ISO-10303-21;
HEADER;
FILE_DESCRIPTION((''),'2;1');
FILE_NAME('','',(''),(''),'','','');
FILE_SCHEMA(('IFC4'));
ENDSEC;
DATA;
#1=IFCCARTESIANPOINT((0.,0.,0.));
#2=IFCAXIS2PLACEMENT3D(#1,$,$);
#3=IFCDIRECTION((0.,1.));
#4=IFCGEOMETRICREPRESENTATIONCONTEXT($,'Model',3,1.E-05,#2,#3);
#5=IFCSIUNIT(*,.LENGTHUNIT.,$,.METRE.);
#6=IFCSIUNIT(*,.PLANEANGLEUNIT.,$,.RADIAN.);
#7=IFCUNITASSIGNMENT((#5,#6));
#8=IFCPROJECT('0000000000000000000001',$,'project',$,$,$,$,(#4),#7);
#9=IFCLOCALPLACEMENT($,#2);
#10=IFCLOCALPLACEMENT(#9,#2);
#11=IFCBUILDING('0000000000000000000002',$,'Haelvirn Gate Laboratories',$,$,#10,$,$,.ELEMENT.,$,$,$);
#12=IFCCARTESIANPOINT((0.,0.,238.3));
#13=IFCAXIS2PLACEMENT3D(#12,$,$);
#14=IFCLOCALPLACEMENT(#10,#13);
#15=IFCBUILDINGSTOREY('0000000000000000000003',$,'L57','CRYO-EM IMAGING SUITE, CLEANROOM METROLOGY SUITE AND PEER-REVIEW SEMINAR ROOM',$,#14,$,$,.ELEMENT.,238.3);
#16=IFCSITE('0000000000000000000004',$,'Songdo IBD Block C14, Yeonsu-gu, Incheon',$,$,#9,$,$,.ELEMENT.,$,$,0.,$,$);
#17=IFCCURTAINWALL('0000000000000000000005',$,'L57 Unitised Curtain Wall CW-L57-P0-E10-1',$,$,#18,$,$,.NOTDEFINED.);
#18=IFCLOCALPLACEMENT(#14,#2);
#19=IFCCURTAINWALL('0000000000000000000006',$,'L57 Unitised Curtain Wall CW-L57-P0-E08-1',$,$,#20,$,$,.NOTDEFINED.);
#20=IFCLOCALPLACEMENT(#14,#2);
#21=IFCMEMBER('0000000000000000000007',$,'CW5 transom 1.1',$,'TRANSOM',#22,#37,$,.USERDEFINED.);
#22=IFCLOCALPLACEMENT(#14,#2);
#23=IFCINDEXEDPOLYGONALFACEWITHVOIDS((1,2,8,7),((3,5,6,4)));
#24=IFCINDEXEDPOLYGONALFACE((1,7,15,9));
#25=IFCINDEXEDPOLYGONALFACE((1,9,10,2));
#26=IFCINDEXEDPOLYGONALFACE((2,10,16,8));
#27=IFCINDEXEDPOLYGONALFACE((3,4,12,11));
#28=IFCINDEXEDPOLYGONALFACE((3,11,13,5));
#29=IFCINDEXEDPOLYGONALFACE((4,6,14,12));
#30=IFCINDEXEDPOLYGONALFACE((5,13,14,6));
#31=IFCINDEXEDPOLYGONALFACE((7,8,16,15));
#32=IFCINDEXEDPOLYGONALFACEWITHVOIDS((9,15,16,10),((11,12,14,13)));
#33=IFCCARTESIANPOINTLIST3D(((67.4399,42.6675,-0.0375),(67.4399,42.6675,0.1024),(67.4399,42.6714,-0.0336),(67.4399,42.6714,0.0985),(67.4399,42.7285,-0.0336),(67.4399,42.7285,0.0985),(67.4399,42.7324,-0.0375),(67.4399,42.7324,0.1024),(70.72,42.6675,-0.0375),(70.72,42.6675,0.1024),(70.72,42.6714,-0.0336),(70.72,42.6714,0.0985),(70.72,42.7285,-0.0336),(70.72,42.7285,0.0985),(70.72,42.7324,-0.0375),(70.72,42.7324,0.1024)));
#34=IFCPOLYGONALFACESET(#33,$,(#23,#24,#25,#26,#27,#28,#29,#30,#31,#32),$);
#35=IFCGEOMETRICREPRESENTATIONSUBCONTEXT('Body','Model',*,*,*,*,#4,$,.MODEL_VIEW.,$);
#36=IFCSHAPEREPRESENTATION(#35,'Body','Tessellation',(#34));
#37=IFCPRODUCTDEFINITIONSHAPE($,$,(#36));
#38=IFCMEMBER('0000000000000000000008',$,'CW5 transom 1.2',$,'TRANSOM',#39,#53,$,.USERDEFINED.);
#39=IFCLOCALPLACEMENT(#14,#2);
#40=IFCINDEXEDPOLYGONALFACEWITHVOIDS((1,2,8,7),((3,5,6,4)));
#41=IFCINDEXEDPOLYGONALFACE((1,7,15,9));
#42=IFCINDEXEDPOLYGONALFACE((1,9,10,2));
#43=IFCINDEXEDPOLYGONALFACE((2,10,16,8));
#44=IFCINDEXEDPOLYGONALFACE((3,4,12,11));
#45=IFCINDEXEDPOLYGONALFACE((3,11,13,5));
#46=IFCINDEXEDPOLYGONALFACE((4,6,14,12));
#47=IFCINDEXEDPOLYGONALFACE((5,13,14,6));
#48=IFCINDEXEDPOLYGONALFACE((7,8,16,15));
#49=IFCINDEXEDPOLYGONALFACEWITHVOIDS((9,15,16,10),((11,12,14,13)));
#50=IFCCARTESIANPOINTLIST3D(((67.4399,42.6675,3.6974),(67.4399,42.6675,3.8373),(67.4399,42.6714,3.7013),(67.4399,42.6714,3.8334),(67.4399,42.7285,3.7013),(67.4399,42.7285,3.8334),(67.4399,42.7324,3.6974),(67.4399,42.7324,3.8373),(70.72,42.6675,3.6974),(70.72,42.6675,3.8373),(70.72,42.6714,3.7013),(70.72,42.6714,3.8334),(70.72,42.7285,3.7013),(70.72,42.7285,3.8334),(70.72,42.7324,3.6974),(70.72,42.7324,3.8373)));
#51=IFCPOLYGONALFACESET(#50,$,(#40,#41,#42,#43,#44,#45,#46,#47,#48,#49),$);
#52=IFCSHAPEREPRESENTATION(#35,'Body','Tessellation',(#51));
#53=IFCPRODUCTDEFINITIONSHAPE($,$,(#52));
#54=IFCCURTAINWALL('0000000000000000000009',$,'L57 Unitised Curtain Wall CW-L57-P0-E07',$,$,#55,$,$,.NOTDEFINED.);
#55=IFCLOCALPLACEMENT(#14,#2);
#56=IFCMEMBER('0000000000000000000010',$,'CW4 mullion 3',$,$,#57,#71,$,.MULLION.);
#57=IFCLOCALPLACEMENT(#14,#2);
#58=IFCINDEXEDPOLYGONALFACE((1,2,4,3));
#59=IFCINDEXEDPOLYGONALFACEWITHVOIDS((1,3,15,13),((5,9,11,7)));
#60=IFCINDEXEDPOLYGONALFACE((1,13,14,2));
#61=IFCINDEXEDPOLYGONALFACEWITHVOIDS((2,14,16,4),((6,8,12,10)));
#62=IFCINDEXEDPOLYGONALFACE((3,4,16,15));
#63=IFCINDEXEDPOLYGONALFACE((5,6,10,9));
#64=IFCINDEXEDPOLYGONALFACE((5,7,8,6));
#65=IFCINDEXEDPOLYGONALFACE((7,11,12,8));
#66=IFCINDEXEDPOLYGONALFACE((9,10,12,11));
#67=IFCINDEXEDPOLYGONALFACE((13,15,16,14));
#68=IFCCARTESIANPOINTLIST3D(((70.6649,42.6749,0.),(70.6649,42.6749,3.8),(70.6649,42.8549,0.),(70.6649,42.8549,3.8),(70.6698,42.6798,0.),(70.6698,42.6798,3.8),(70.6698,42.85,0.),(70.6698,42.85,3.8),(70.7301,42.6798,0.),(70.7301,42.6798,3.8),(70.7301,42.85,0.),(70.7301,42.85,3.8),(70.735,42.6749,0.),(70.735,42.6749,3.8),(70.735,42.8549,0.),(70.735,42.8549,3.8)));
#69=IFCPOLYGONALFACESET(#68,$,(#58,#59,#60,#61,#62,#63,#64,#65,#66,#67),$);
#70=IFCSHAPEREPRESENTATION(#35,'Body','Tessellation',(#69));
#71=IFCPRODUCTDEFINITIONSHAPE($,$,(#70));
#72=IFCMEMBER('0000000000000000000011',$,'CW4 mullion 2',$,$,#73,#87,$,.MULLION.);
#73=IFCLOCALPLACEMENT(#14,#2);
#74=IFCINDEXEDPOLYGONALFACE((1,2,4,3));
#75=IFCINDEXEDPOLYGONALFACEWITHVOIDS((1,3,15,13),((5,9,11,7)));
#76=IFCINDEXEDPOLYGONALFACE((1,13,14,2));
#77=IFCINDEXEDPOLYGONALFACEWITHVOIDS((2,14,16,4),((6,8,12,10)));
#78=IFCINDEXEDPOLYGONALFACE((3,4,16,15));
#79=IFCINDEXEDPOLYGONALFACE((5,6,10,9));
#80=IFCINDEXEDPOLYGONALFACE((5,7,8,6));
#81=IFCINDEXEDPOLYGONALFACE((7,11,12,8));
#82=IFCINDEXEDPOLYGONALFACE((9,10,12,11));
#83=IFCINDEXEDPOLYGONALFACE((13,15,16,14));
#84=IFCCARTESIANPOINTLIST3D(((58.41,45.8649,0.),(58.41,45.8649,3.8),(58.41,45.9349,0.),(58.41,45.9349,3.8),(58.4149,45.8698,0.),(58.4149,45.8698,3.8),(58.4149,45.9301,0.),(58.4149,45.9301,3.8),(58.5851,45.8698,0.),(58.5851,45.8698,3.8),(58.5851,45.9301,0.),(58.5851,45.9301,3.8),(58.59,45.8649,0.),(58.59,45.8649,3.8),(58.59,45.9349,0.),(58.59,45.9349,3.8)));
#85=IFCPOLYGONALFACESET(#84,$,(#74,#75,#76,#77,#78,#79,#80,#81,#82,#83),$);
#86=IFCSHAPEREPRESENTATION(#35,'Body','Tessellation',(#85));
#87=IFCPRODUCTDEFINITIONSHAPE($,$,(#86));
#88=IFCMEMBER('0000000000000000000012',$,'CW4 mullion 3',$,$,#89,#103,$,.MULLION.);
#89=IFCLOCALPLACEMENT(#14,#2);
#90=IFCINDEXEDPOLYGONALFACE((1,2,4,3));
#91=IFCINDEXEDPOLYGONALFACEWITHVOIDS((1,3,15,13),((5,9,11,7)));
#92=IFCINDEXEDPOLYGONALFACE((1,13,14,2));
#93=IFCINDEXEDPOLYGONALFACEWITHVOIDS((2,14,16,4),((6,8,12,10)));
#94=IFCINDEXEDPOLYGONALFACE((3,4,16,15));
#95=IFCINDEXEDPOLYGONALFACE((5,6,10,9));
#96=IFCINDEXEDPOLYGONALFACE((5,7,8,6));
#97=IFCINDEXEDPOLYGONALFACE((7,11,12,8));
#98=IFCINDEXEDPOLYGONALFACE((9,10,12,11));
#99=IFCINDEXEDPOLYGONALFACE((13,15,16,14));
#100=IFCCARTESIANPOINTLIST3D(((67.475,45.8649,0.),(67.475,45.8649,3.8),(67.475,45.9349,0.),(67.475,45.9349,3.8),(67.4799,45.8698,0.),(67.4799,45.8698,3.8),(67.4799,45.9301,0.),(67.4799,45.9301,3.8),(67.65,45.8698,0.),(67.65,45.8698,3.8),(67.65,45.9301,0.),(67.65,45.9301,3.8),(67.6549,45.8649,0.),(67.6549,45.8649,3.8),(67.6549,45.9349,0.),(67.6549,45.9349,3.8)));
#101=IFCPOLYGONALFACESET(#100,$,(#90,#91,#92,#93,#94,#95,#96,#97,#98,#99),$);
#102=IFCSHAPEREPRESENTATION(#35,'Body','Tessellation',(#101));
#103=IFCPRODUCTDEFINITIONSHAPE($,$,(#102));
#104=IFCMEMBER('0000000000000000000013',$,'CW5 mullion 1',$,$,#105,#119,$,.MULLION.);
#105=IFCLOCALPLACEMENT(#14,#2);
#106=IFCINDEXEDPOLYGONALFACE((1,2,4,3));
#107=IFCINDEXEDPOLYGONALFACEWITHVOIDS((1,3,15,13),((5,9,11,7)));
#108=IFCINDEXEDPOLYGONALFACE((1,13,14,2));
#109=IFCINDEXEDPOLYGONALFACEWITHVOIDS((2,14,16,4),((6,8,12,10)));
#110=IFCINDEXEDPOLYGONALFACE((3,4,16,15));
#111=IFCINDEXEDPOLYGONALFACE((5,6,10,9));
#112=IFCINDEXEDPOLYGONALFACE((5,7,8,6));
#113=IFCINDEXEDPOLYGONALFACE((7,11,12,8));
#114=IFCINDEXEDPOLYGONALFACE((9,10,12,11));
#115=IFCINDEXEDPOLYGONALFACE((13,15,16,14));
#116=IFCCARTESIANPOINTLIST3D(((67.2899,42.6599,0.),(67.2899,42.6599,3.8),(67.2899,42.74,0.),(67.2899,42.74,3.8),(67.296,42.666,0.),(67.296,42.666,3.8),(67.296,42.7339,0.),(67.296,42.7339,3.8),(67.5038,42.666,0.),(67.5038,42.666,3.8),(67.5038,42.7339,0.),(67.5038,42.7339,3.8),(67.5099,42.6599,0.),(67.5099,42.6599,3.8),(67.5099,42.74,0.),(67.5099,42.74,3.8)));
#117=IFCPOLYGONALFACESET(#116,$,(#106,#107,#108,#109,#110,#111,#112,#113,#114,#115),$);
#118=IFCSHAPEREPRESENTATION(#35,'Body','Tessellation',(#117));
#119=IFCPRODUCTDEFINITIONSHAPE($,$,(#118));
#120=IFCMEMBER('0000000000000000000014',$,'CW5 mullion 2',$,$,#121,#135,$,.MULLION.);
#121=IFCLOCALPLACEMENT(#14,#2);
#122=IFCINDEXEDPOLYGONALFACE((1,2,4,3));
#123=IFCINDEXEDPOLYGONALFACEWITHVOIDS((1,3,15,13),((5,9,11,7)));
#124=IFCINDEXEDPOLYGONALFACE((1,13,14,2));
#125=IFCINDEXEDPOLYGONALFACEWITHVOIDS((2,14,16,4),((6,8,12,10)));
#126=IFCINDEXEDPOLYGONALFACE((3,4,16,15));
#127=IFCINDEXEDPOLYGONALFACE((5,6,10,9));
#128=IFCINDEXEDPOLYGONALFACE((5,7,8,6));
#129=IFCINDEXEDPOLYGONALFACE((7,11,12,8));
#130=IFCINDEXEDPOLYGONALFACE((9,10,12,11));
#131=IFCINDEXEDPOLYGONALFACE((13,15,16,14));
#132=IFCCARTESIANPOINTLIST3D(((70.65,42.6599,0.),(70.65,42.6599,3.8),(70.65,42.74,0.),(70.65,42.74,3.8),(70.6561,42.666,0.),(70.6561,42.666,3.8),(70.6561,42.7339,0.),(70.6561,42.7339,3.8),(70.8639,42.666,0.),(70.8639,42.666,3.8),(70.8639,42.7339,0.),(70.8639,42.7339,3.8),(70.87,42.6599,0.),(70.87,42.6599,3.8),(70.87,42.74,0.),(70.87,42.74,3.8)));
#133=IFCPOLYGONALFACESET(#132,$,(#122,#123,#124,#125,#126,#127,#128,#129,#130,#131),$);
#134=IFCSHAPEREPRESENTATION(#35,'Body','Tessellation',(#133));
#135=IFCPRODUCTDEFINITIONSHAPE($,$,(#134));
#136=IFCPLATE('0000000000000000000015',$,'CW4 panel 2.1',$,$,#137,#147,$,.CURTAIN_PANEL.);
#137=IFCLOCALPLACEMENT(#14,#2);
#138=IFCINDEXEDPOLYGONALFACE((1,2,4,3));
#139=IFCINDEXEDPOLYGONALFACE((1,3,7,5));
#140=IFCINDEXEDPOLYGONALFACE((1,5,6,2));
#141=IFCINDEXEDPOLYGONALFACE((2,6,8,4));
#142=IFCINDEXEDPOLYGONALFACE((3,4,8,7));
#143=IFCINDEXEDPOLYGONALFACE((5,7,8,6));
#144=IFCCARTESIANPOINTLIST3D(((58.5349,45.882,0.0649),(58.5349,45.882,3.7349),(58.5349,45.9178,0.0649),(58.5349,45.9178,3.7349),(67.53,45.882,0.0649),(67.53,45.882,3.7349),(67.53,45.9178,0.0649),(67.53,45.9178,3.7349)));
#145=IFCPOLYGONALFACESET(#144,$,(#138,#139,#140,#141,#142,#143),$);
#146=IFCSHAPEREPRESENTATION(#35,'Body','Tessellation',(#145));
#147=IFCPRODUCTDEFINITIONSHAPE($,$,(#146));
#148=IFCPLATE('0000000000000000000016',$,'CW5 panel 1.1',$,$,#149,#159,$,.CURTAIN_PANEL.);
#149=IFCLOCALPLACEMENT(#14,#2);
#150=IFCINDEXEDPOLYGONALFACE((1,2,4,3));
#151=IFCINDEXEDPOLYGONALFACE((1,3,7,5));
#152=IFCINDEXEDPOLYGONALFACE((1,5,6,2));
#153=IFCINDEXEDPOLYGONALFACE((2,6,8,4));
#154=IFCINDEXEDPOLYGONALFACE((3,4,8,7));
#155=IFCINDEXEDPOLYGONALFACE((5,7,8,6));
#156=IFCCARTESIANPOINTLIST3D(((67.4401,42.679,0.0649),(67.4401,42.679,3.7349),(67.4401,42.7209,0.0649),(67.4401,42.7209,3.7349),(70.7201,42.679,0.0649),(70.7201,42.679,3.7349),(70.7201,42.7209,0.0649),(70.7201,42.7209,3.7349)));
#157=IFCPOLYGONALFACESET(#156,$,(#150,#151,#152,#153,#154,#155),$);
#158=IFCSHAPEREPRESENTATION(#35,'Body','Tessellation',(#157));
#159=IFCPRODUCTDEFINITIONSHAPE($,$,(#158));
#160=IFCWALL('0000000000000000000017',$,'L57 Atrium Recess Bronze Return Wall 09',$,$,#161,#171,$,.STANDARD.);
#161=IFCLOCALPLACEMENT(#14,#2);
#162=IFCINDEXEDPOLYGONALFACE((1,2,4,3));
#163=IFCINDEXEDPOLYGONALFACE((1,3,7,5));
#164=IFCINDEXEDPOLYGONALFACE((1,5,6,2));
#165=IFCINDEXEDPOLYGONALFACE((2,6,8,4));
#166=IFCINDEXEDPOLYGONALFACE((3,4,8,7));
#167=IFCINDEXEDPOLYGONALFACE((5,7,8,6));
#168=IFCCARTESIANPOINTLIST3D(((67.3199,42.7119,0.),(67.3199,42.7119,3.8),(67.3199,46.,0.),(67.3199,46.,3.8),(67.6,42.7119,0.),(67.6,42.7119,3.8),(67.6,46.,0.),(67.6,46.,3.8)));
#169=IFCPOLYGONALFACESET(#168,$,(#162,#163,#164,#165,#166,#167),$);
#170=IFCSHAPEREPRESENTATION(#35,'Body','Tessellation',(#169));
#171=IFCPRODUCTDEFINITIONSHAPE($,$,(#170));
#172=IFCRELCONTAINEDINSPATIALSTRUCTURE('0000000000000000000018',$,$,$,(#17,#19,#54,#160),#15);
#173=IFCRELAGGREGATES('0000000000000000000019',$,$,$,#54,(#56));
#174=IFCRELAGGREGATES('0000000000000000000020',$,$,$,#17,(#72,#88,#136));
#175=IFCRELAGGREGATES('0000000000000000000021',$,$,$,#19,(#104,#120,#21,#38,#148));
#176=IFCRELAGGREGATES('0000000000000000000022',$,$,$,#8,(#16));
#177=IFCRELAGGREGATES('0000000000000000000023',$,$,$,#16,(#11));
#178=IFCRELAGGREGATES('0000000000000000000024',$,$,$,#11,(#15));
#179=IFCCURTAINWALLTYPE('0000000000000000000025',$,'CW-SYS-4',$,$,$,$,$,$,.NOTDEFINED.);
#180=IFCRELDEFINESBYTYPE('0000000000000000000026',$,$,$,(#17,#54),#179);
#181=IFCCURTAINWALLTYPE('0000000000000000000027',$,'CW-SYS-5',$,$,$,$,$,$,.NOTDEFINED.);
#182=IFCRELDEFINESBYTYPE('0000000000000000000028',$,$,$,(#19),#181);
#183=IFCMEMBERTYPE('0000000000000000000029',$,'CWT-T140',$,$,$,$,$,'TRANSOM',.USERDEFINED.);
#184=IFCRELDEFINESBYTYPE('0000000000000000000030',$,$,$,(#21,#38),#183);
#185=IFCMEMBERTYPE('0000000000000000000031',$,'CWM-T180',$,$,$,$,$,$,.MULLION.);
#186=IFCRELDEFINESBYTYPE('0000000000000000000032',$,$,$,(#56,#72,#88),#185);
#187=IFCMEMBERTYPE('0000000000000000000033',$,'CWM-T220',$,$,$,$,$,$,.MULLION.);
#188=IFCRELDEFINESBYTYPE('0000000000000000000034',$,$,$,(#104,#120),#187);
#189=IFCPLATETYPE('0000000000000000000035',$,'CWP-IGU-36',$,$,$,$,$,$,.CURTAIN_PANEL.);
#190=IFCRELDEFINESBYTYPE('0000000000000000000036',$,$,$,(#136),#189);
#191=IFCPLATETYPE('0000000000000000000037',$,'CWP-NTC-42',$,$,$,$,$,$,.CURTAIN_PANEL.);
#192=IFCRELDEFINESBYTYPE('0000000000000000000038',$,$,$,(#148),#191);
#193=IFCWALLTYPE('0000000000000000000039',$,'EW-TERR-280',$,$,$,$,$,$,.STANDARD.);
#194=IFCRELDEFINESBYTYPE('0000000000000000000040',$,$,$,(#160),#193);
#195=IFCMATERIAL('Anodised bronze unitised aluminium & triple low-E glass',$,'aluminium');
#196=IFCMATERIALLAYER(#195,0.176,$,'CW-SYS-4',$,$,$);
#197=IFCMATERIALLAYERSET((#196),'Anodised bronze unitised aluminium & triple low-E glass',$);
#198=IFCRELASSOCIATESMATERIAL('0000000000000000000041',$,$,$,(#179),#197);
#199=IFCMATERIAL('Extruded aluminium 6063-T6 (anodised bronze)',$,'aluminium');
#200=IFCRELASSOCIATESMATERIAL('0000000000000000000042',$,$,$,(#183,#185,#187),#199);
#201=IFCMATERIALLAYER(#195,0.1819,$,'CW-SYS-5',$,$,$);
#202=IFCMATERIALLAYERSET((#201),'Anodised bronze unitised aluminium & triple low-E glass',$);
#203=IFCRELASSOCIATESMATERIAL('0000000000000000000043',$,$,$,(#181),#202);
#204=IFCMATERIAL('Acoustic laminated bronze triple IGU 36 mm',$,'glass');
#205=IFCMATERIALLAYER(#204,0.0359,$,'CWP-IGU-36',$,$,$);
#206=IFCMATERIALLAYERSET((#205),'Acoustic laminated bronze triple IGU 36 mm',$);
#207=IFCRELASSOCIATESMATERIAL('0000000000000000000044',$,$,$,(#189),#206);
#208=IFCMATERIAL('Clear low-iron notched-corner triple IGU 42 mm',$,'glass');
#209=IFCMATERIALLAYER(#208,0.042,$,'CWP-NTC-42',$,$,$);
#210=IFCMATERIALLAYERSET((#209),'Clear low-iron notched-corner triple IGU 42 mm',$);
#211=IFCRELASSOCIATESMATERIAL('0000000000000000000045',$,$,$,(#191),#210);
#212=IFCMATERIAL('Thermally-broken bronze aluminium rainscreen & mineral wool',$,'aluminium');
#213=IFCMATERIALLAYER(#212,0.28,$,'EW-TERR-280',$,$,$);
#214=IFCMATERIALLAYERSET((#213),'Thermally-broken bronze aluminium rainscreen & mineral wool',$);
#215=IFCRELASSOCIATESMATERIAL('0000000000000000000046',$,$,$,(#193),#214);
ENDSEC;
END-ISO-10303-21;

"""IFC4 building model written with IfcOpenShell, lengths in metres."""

from ifc_helpers import new_model, si_unit, direction, frame, frame_2d, origin, origin_2d, place, context, subcontext, project, spatial, rectangle, hollow_rectangle, extrude, source, transform, mapped, material, layer, layer_set, material_profile, profile_set, type_object, type_shapes, element, aggregate, save


model = new_model("IFC4")

# Units and contexts
model_context = context("Model", 3, precision=1e-05, world=origin(), true_north=direction((0.0, 1.0)))
body_context = subcontext(model_context, "Body", "Model", "MODEL_VIEW")
ifc_project = project(units=[si_unit("LENGTHUNIT", "METRE"), si_unit("PLANEANGLEUNIT", "RADIAN")], contexts=[model_context])

# Site, building, storey
site_placement = place(None, origin())
site = spatial("IfcSite", under=ifc_project, at=site_placement, Name="Songdo IBD Block C14, Yeonsu-gu, Incheon", CompositionType="ELEMENT", RefElevation=0.0)
building_placement = place(site_placement, origin())
building = spatial("IfcBuilding", under=site, at=building_placement, Name="Haelvirn Gate Laboratories", CompositionType="ELEMENT")
storey_placement = place(building_placement, frame((0.0, 0.0, 238.3)))
storey = spatial("IfcBuildingStorey", under=building, at=storey_placement, Name="L57", Description="CRYO-EM IMAGING SUITE, CLEANROOM METROLOGY SUITE AND PEER-REVIEW SEMINAR ROOM", CompositionType="ELEMENT", Elevation=238.3)

# Curtain walls, members
ifc_material_1 = material(Name="Anodised bronze unitised aluminium & triple low-E glass", Category="aluminium")
ifc_layer_1 = layer(ifc_material_1, 0.176, Name="CW-SYS-4")
ifc_layer_set_1 = layer_set([ifc_layer_1], Name="Anodised bronze unitised aluminium & triple low-E glass")
curtain_wall_type_1 = type_object("IfcCurtainWallType", Name="CW-SYS-4", PredefinedType="NOTDEFINED", material=ifc_layer_set_1)
curtain_wall_1_placement = place(storey_placement, origin())
curtain_wall_1 = element("IfcCurtainWall", 1, at=curtain_wall_1_placement, inside=storey, type_object=curtain_wall_type_1, Name="L57 Unitised Curtain Wall CW-L57-P0-E10-1", PredefinedType="NOTDEFINED")
ifc_material_2 = material(Name="Extruded aluminium 6063-T6 (anodised bronze)", Category="aluminium")
ifc_material_profile_1 = material_profile(ifc_material_2, hollow_rectangle(XDim=0.0649, YDim=0.1399, WallThickness=0.0039, at=origin_2d()), Name="CWT-140x65x4")
ifc_profile_set_1 = profile_set([ifc_material_profile_1], Name="Extruded aluminium 6063-T6 (anodised bronze)")
member_type_1 = type_object("IfcMemberType", Name="CWT-T140", ElementType="TRANSOM", PredefinedType="USERDEFINED", material=ifc_profile_set_1)
ifc_layer_2 = layer(ifc_material_1, 0.1819, Name="CW-SYS-5")
ifc_layer_set_2 = layer_set([ifc_layer_2], Name="Anodised bronze unitised aluminium & triple low-E glass")
curtain_wall_type_2 = type_object("IfcCurtainWallType", Name="CW-SYS-5", PredefinedType="NOTDEFINED", material=ifc_layer_set_2)
curtain_wall_2_placement = place(storey_placement, origin())
curtain_wall_2 = element("IfcCurtainWall", 2, at=curtain_wall_2_placement, inside=storey, type_object=curtain_wall_type_2, Name="L57 Unitised Curtain Wall CW-L57-P0-E08-1", PredefinedType="NOTDEFINED")
shared_shape_1 = source(origin(), body_context, "Body", "SweptSolid", [
    extrude(hollow_rectangle(XDim=0.0649, YDim=0.1399, WallThickness=0.0039, at=origin_2d()), origin(), (0.0, 0.0, 1.0), 3.28),
])
member_1_placement = place(storey_placement, frame((67.4399, 42.7, 0.0325), z_axis=(1.0, 0.0, 0.0), x_axis=(0.0, 1.0, 0.0)))
member_1 = element("IfcMember", 3, at=member_1_placement, type_object=member_type_1, Name="CW5 transom 1.1", ObjectType="TRANSOM", PredefinedType="USERDEFINED", context=body_context, shape_type="MappedRepresentation", body=[
    mapped(shared_shape_1, transform((0.0, 0.0, 0.0), scale=1.0)),
])
member_2_placement = place(storey_placement, frame((67.4399, 42.7, 3.7673), z_axis=(1.0, 0.0, 0.0), x_axis=(0.0, 1.0, 0.0)))
member_2 = element("IfcMember", 4, at=member_2_placement, type_object=member_type_1, Name="CW5 transom 1.2", ObjectType="TRANSOM", PredefinedType="USERDEFINED", context=body_context, shape_type="MappedRepresentation", body=[
    mapped(shared_shape_1, transform((0.0, 0.0, 0.0), scale=1.0)),
])

# Curtain wall, member
curtain_wall_3_placement = place(storey_placement, origin())
curtain_wall_3 = element("IfcCurtainWall", 5, at=curtain_wall_3_placement, inside=storey, type_object=curtain_wall_type_1, Name="L57 Unitised Curtain Wall CW-L57-P0-E07", PredefinedType="NOTDEFINED")
ifc_material_profile_2 = material_profile(ifc_material_2, hollow_rectangle(XDim=0.0701, YDim=0.1799, WallThickness=0.0049, at=origin_2d()), Name="CWM-180x70x5")
ifc_profile_set_2 = profile_set([ifc_material_profile_2], Name="Extruded aluminium 6063-T6 (anodised bronze)")
member_type_2 = type_object("IfcMemberType", Name="CWM-T180", PredefinedType="MULLION", material=ifc_profile_set_2)
shared_shape_2 = source(origin(), body_context, "Body", "SweptSolid", [
    extrude(hollow_rectangle(XDim=0.0701, YDim=0.1799, WallThickness=0.0049, at=origin_2d()), origin(), (0.0, 0.0, 1.0), 3.8),
])
type_shapes(member_type_2, [shared_shape_2])
member_3_placement = place(storey_placement, frame((70.7, 42.7649, 0.0), z_axis=(0.0, 0.0, 1.0), x_axis=(-1.0, 0.0, 0.0)))
member_3 = element("IfcMember", 6, at=member_3_placement, type_object=member_type_2, Name="CW4 mullion 3", PredefinedType="MULLION", context=body_context, shape_type="MappedRepresentation", body=[
    mapped(shared_shape_2, transform((0.0, 0.0, 0.0), scale=1.0)),
])
aggregate(curtain_wall_3, [member_3])

# Members
member_4_placement = place(storey_placement, frame((58.5, 45.8999, 0.0), z_axis=(0.0, 0.0, 1.0), x_axis=(0.0, 1.0, 0.0)))
member_4 = element("IfcMember", 7, at=member_4_placement, type_object=member_type_2, Name="CW4 mullion 2", PredefinedType="MULLION", context=body_context, shape_type="MappedRepresentation", body=[
    mapped(shared_shape_2, transform((0.0, 0.0, 0.0), scale=1.0)),
])
member_5_placement = place(storey_placement, frame((67.5649, 45.8999, 0.0), z_axis=(0.0, 0.0, 1.0), x_axis=(0.0, 1.0, 0.0)))
member_5 = element("IfcMember", 8, at=member_5_placement, type_object=member_type_2, Name="CW4 mullion 3", PredefinedType="MULLION", context=body_context, shape_type="MappedRepresentation", body=[
    mapped(shared_shape_2, transform((0.0, 0.0, 0.0), scale=1.0)),
])
ifc_material_profile_3 = material_profile(ifc_material_2, hollow_rectangle(XDim=0.0801, YDim=0.22, WallThickness=0.0061, at=origin_2d()), Name="CWM-220x80x6")
ifc_profile_set_3 = profile_set([ifc_material_profile_3], Name="Extruded aluminium 6063-T6 (anodised bronze)")
member_type_3 = type_object("IfcMemberType", Name="CWM-T220", PredefinedType="MULLION", material=ifc_profile_set_3)
shared_shape_3 = source(origin(), body_context, "Body", "SweptSolid", [
    extrude(hollow_rectangle(XDim=0.0801, YDim=0.22, WallThickness=0.0061, at=origin_2d()), origin(), (0.0, 0.0, 1.0), 3.8),
])
type_shapes(member_type_3, [shared_shape_3])
member_6_placement = place(storey_placement, frame((67.3999, 42.7, 0.0), z_axis=(0.0, 0.0, 1.0), x_axis=(0.0, 1.0, 0.0)))
member_6 = element("IfcMember", 9, at=member_6_placement, type_object=member_type_3, Name="CW5 mullion 1", PredefinedType="MULLION", context=body_context, shape_type="MappedRepresentation", body=[
    mapped(shared_shape_3, transform((0.0, 0.0, 0.0), scale=1.0)),
])
member_7_placement = place(storey_placement, frame((70.76, 42.7, 0.0), z_axis=(0.0, 0.0, 1.0), x_axis=(0.0, 1.0, 0.0)))
member_7 = element("IfcMember", 10, at=member_7_placement, type_object=member_type_3, Name="CW5 mullion 2", PredefinedType="MULLION", context=body_context, shape_type="MappedRepresentation", body=[
    mapped(shared_shape_3, transform((0.0, 0.0, 0.0), scale=1.0)),
])

# Plates
ifc_material_3 = material(Name="Acoustic laminated bronze triple IGU 36 mm", Category="glass")
ifc_layer_3 = layer(ifc_material_3, 0.0359, Name="CWP-IGU-36")
ifc_layer_set_3 = layer_set([ifc_layer_3], Name="Acoustic laminated bronze triple IGU 36 mm")
plate_type_1 = type_object("IfcPlateType", Name="CWP-IGU-36", PredefinedType="CURTAIN_PANEL", material=ifc_layer_set_3)
shared_shape_4 = source(origin(), body_context, "Body", "SweptSolid", [
    extrude(rectangle(XDim=8.9951, YDim=0.0359, at=origin_2d()), origin(), (0.0, 0.0, 1.0), 3.6699),
])
type_shapes(plate_type_1, [shared_shape_4])
plate_1_placement = place(storey_placement, frame((63.0325, 45.8999, 0.0649), z_axis=(0.0, 0.0, 1.0), x_axis=(1.0, 0.0, 0.0)))
plate_1 = element("IfcPlate", 11, at=plate_1_placement, type_object=plate_type_1, Name="CW4 panel 2.1", PredefinedType="CURTAIN_PANEL", context=body_context, shape_type="MappedRepresentation", body=[
    mapped(shared_shape_4, transform((0.0, 0.0, 0.0), scale=1.0)),
])
aggregate(curtain_wall_1, [member_4, member_5, plate_1])
ifc_material_4 = material(Name="Clear low-iron notched-corner triple IGU 42 mm", Category="glass")
ifc_layer_4 = layer(ifc_material_4, 0.042, Name="CWP-NTC-42")
ifc_layer_set_4 = layer_set([ifc_layer_4], Name="Clear low-iron notched-corner triple IGU 42 mm")
plate_type_2 = type_object("IfcPlateType", Name="CWP-NTC-42", PredefinedType="CURTAIN_PANEL", material=ifc_layer_set_4)
shared_shape_5 = source(origin(), body_context, "Body", "SweptSolid", [
    extrude(rectangle(XDim=3.28, YDim=0.042, at=origin_2d()), origin(), (0.0, 0.0, 1.0), 3.6699),
])
type_shapes(plate_type_2, [shared_shape_5])
plate_2_placement = place(storey_placement, frame((69.0801, 42.7, 0.0649), z_axis=(0.0, 0.0, 1.0), x_axis=(1.0, 0.0, 0.0)))
plate_2 = element("IfcPlate", 12, at=plate_2_placement, type_object=plate_type_2, Name="CW5 panel 1.1", PredefinedType="CURTAIN_PANEL", context=body_context, shape_type="MappedRepresentation", body=[
    mapped(shared_shape_5, transform((0.0, 0.0, 0.0), scale=1.0)),
])
aggregate(curtain_wall_2, [member_6, member_7, member_1, member_2, plate_2])

# Wall
ifc_material_5 = material(Name="Thermally-broken bronze aluminium rainscreen & mineral wool", Category="aluminium")
ifc_layer_5 = layer(ifc_material_5, 0.28, Name="EW-TERR-280")
ifc_layer_set_5 = layer_set([ifc_layer_5], Name="Thermally-broken bronze aluminium rainscreen & mineral wool")
wall_type_1 = type_object("IfcWallType", Name="EW-TERR-280", PredefinedType="STANDARD", material=ifc_layer_set_5)
wall_1_placement = place(storey_placement, frame((67.46, 42.7119, 0.0), z_axis=(0.0, 0.0, 1.0), x_axis=(0.0, 1.0, 0.0)))
element("IfcWall", 13, at=wall_1_placement, inside=storey, type_object=wall_type_1, Name="L57 Atrium Recess Bronze Return Wall 09", PredefinedType="STANDARD", context=body_context, shape_type="SweptSolid", body=[
    extrude(rectangle(XDim=3.2881, YDim=0.28, at=frame_2d((1.644, 0.0))), origin(), (0.0, 0.0, 1.0), 3.8),
])

save(model, "model.ifc")
